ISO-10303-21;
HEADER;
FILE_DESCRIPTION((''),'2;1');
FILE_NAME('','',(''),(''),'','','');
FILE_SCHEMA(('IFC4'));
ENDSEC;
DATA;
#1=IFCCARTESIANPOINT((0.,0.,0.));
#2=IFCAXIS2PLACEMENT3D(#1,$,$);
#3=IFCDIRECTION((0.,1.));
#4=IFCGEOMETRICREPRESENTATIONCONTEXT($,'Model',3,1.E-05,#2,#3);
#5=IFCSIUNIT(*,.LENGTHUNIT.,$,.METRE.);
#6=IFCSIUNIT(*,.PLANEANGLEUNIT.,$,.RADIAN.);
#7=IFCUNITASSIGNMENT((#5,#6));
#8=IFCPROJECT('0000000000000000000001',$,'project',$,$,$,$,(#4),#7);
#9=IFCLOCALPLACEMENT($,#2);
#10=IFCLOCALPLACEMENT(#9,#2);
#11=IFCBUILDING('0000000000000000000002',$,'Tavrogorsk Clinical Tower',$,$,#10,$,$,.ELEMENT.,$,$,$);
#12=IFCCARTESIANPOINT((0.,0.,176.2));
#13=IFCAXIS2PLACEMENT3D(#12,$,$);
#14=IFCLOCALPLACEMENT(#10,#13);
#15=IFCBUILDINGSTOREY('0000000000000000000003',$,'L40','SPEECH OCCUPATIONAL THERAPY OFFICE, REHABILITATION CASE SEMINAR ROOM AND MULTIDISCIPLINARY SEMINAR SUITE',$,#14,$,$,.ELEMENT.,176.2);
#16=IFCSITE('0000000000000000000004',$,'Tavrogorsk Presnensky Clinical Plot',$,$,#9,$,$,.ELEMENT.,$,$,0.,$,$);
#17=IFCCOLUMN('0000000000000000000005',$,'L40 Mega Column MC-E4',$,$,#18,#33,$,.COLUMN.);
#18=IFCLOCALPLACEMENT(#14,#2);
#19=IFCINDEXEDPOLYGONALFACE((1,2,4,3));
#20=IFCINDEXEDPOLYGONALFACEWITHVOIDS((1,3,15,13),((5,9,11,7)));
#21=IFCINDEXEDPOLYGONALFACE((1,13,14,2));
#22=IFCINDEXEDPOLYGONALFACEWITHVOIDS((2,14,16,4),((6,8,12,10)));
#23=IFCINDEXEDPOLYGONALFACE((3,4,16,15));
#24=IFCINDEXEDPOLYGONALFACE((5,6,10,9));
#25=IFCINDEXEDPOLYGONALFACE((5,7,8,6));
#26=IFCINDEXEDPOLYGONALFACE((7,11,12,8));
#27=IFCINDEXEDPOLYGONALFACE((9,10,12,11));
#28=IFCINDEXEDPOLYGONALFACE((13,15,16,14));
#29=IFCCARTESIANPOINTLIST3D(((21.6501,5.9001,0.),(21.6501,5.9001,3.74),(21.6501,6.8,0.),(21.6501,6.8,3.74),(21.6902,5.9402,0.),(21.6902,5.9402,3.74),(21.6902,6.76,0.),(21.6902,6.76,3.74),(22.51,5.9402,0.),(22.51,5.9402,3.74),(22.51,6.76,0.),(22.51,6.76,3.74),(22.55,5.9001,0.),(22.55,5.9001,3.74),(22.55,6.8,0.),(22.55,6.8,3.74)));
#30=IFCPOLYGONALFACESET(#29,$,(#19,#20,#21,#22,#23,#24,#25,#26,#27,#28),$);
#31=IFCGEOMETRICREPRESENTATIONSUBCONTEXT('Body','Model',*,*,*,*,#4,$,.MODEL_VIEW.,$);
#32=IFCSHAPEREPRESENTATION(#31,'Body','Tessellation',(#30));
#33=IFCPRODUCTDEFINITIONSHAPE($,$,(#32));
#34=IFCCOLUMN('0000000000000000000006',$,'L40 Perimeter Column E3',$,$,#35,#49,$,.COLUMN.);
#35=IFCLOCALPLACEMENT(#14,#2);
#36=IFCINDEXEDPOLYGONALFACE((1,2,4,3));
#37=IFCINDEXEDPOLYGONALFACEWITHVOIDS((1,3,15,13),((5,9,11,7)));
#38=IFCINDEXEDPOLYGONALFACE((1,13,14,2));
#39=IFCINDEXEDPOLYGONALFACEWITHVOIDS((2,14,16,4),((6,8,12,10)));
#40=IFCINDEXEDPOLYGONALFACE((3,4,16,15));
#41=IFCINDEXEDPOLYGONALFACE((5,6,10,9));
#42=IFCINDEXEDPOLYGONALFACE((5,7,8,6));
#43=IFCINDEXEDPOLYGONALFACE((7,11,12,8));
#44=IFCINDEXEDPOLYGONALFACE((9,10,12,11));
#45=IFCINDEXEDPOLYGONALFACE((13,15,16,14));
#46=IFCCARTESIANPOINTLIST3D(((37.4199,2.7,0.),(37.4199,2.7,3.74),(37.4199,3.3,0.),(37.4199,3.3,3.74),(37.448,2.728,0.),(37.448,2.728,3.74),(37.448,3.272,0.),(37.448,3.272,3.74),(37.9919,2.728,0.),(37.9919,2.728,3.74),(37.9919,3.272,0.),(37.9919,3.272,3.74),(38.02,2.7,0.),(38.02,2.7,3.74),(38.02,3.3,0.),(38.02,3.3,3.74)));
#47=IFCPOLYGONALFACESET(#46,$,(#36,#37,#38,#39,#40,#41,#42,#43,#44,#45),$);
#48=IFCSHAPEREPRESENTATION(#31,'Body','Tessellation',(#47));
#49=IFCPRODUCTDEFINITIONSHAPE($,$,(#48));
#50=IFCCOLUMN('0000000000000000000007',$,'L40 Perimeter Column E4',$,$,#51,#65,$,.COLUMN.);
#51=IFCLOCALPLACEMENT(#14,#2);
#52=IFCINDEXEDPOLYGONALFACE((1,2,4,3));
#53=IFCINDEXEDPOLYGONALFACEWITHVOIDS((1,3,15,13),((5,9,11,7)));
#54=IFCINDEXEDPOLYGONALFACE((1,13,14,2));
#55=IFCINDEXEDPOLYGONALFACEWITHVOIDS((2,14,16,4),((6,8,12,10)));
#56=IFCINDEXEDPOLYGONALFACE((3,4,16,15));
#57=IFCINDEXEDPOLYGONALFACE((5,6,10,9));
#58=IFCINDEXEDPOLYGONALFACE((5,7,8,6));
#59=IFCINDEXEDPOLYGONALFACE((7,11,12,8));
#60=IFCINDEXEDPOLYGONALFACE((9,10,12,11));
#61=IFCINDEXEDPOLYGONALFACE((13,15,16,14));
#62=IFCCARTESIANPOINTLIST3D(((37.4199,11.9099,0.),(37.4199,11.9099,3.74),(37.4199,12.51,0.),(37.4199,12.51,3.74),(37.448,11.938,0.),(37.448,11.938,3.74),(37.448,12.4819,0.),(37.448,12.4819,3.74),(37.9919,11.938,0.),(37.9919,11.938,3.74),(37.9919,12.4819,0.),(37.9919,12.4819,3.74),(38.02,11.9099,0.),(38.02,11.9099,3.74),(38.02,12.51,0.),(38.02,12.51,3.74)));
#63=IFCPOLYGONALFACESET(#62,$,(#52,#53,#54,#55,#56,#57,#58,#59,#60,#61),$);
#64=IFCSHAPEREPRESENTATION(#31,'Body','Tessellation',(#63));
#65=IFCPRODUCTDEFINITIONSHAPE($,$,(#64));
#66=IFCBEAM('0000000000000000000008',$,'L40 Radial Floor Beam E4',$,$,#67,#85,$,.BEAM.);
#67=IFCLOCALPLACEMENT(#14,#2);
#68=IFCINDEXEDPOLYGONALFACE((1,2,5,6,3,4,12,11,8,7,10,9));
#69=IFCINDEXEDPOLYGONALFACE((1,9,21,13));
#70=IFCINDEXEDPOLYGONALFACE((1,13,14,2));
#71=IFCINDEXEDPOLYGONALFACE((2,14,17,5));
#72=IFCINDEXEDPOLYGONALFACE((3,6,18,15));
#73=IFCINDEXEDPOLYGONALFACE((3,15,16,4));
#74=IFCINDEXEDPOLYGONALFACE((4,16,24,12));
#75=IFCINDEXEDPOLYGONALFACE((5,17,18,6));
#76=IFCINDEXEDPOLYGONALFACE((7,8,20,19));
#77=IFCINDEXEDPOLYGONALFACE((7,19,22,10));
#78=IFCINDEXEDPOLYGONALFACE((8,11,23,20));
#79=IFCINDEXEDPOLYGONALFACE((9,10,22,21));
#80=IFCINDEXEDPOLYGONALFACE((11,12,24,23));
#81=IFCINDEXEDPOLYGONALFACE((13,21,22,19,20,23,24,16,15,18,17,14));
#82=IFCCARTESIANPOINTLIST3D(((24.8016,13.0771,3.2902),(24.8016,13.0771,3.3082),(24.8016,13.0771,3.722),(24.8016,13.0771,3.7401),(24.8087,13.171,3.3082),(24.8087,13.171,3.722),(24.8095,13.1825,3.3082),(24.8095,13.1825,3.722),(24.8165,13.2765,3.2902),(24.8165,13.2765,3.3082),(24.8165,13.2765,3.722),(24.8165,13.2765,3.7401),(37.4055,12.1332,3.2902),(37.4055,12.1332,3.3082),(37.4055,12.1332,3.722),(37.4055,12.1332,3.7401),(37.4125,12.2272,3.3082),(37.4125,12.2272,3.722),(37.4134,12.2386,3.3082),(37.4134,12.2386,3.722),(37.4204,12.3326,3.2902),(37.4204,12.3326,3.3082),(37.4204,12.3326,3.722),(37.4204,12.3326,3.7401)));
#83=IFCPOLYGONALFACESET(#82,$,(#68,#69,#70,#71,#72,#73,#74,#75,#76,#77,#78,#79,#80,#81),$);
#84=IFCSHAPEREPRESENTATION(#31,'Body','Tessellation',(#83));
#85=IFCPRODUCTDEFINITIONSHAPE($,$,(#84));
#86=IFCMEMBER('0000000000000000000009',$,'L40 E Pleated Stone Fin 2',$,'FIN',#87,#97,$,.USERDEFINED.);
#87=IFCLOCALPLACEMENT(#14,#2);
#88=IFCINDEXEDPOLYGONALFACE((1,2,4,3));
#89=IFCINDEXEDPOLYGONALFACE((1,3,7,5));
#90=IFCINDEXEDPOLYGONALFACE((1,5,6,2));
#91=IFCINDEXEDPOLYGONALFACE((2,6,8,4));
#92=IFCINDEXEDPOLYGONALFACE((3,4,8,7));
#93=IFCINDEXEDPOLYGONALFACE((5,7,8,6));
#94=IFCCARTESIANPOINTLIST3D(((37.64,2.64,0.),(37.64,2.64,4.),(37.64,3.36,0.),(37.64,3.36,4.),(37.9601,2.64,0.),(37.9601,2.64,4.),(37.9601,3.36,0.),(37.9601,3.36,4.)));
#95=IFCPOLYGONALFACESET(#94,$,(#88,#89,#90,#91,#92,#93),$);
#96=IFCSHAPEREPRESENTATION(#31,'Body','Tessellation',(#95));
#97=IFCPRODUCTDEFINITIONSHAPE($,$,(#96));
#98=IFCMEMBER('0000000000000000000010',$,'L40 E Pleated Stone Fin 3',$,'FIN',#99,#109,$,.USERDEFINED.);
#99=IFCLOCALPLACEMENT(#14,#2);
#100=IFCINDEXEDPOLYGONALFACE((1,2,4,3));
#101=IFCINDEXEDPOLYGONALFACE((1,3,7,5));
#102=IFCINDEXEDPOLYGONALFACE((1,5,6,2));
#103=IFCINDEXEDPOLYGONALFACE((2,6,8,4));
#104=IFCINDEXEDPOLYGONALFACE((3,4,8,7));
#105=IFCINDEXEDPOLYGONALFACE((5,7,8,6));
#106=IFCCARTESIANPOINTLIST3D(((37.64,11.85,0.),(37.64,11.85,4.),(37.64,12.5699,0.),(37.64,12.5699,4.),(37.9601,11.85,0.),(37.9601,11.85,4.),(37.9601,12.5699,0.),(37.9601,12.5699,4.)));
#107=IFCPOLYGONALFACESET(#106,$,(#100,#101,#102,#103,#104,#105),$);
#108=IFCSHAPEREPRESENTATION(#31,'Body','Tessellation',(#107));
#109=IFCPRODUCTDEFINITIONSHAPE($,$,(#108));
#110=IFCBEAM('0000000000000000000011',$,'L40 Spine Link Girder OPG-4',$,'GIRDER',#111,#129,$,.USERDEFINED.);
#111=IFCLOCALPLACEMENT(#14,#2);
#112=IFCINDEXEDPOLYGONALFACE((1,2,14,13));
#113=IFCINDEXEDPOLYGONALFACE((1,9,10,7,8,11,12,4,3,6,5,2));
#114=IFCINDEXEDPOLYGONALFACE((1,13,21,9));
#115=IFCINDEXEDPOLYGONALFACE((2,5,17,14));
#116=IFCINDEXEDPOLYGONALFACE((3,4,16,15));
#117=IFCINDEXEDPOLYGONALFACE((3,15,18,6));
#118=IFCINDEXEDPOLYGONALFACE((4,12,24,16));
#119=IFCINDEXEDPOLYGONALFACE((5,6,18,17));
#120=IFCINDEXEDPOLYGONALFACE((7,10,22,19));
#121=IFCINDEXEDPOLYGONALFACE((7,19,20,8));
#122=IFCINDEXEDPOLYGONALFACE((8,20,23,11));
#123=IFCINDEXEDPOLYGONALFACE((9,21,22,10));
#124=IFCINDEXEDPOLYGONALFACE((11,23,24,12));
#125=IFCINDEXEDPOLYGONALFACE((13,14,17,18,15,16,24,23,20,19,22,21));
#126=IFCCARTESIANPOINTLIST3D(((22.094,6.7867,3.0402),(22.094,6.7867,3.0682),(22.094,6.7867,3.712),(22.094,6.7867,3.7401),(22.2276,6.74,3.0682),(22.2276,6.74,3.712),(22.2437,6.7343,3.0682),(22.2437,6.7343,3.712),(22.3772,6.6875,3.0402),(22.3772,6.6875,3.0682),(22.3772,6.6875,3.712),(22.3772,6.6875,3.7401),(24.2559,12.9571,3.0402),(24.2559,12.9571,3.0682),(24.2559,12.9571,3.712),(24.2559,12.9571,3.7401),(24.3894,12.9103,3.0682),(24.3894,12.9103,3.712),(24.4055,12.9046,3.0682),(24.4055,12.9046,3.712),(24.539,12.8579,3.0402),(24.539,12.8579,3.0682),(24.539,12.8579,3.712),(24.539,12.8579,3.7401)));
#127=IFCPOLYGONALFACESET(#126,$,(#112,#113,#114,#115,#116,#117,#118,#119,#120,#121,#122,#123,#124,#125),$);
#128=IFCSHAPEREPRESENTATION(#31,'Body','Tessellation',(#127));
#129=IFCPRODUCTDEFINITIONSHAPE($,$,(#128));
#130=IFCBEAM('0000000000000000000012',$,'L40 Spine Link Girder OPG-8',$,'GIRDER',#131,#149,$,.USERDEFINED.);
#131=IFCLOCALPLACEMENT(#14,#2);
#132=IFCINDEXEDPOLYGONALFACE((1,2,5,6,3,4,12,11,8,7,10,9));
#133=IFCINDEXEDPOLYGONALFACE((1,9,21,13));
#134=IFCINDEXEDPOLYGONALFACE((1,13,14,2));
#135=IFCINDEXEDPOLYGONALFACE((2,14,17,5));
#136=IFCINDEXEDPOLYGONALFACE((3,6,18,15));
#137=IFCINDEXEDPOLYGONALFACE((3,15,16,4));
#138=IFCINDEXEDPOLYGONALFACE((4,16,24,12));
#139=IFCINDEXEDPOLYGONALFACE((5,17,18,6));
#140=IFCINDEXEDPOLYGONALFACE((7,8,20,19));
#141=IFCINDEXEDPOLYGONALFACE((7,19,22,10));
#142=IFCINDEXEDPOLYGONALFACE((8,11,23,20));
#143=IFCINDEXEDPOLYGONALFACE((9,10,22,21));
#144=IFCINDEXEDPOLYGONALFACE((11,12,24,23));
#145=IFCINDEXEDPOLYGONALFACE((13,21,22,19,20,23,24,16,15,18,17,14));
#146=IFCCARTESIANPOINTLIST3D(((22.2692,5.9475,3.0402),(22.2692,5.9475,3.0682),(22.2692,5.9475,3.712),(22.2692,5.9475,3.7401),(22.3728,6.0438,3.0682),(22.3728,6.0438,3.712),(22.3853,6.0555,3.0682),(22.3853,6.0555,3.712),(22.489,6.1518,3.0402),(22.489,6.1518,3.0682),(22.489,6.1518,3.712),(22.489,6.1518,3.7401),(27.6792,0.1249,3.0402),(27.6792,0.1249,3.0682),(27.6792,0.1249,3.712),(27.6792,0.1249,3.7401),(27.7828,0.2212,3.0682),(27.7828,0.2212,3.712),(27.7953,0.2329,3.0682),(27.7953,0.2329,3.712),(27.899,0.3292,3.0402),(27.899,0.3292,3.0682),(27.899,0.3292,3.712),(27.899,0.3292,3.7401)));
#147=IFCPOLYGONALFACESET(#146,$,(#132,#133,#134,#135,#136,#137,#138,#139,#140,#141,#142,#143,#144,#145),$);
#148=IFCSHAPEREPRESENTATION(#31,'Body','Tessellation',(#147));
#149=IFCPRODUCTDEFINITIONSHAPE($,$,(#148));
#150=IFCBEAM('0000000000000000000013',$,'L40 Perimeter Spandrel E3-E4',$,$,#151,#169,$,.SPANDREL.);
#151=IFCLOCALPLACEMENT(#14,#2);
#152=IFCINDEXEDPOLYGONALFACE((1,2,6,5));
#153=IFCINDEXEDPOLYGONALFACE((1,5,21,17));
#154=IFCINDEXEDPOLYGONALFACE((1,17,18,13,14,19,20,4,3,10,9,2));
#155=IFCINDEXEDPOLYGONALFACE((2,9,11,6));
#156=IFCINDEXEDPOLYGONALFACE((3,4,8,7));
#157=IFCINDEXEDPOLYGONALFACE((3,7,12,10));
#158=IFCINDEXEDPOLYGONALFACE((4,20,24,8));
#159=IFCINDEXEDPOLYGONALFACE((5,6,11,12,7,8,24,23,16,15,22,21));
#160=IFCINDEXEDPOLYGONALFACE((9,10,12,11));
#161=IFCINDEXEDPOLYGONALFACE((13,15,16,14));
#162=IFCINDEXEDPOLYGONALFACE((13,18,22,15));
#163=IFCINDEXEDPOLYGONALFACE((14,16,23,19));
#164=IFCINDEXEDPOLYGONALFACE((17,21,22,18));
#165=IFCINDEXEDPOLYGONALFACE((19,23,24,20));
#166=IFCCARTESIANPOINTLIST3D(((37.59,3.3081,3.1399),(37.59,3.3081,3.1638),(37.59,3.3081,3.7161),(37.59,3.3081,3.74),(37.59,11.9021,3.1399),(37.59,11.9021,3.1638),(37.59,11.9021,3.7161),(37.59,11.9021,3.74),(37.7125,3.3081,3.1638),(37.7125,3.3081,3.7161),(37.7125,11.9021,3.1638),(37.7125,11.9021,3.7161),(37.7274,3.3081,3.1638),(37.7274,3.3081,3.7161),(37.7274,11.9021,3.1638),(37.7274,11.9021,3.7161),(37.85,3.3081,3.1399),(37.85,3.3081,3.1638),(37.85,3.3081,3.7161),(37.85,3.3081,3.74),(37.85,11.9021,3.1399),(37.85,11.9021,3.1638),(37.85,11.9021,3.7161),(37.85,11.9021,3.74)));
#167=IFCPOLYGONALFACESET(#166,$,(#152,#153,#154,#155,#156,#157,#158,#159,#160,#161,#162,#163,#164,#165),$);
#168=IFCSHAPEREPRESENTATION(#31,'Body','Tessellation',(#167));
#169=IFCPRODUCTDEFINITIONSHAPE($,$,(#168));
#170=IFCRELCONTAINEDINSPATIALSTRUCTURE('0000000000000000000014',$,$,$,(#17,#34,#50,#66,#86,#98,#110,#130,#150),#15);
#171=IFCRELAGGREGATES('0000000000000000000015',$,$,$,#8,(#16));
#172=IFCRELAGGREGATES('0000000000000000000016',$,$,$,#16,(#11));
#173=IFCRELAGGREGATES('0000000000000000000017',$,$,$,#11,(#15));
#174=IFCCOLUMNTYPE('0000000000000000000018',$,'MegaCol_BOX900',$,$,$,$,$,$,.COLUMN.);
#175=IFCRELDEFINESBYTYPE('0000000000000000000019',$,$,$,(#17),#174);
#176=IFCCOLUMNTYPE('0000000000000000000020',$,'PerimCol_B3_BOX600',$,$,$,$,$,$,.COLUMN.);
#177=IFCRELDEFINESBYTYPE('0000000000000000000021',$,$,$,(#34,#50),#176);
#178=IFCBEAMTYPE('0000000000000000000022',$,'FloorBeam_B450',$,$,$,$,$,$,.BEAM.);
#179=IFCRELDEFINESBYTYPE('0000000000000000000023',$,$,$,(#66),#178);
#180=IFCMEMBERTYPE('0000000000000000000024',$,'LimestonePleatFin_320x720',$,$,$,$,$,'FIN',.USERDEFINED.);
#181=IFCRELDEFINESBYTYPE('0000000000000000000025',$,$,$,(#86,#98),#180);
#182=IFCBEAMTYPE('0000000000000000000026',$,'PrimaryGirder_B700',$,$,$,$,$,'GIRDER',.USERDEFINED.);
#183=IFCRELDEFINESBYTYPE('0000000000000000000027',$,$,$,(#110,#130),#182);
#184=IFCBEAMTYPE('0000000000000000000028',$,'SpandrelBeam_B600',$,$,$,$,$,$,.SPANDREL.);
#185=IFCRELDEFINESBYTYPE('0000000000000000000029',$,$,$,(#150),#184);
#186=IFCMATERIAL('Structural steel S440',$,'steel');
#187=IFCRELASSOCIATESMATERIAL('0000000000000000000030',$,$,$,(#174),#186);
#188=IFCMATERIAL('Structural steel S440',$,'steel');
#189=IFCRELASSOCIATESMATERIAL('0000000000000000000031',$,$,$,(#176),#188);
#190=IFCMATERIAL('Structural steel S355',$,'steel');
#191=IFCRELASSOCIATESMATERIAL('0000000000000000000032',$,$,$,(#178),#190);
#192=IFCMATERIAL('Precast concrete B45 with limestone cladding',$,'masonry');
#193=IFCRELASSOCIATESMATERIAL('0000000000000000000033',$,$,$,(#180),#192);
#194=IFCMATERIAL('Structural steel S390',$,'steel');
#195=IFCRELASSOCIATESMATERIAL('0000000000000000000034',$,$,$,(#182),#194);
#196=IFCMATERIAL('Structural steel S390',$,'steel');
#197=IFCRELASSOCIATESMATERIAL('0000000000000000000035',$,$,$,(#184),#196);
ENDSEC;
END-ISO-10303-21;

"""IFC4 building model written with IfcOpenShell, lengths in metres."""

from ifc_helpers import new_model, si_unit, direction, frame, origin, origin_2d, place, context, subcontext, project, spatial, rectangle, hollow_rectangle, i_section, extrude, material, material_profile, profile_set, type_object, element, save


model = new_model("IFC4")

# Units and contexts
model_context = context("Model", 3, precision=1e-05, world=origin(), true_north=direction((0.0, 1.0)))
body_context = subcontext(model_context, "Body", "Model", "MODEL_VIEW")
ifc_project = project(units=[si_unit("LENGTHUNIT", "METRE"), si_unit("PLANEANGLEUNIT", "RADIAN")], contexts=[model_context])

# Site, building, storey
site_placement = place(None, origin())
site = spatial("IfcSite", under=ifc_project, at=site_placement, Name="Tavrogorsk Presnensky Clinical Plot", CompositionType="ELEMENT", RefElevation=0.0)
building_placement = place(site_placement, origin())
building = spatial("IfcBuilding", under=site, at=building_placement, Name="Tavrogorsk Clinical Tower", CompositionType="ELEMENT")
storey_placement = place(building_placement, frame((0.0, 0.0, 176.2)))
storey = spatial("IfcBuildingStorey", under=building, at=storey_placement, Name="L40", Description="SPEECH OCCUPATIONAL THERAPY OFFICE, REHABILITATION CASE SEMINAR ROOM AND MULTIDISCIPLINARY SEMINAR SUITE", CompositionType="ELEMENT", Elevation=176.2)

# Columns
ifc_material_1 = material(Name="Structural steel S440", Category="steel")
ifc_material_profile_1 = material_profile(ifc_material_1, hollow_rectangle(XDim=0.8999, YDim=0.8999, WallThickness=0.04, at=origin_2d()), Name="BOX-900x900x40")
ifc_profile_set_1 = profile_set([ifc_material_profile_1], Name="Structural steel S440")
column_type_1 = type_object("IfcColumnType", Name="MegaCol_BOX900", PredefinedType="COLUMN", material=ifc_profile_set_1)
column_placement = place(storey_placement, frame((22.1001, 6.3501, 0.0), z_axis=(0.0, 0.0, 1.0), x_axis=(1.0, 0.0, 0.0)))
element("IfcColumn", 1, at=column_placement, inside=storey, type_object=column_type_1, Name="L40 Mega Column MC-E4", PredefinedType="COLUMN", context=body_context, shape_type="SweptSolid", body=[
    extrude(hollow_rectangle(XDim=0.8999, YDim=0.8999, WallThickness=0.04, at=origin_2d()), origin(), (0.0, 0.0, 1.0), 3.74),
])
ifc_material_2 = material(Name="Structural steel S440", Category="steel")
ifc_material_profile_2 = material_profile(ifc_material_2, hollow_rectangle(XDim=0.6001, YDim=0.6001, WallThickness=0.0281, at=origin_2d()), Name="BOX-600x600x28")
ifc_profile_set_2 = profile_set([ifc_material_profile_2], Name="Structural steel S440")
column_type_2 = type_object("IfcColumnType", Name="PerimCol_B3_BOX600", PredefinedType="COLUMN", material=ifc_profile_set_2)
for number, where, z_axis, x_axis, name in (
    (2, (37.72, 3.0, 0.0), (0.0, 0.0, 1.0), (1.0, 0.0, 0.0), "L40 Perimeter Column E3"),
    (3, (37.72, 12.21, 0.0), (0.0, 0.0, 1.0), (1.0, 0.0, 0.0), "L40 Perimeter Column E4"),
):
    element("IfcColumn", number, at=place(storey_placement, frame(where, z_axis=z_axis, x_axis=x_axis)), inside=storey, type_object=column_type_2, Name=name, PredefinedType="COLUMN", context=body_context, shape_type="SweptSolid", body=[
        extrude(hollow_rectangle(XDim=0.6001, YDim=0.6001, WallThickness=0.0281, at=origin_2d()), origin(), (0.0, 0.0, 1.0), 3.74),
    ])

# Beam
ifc_material_3 = material(Name="Structural steel S355", Category="steel")
ifc_material_profile_3 = material_profile(ifc_material_3, i_section(OverallWidth=0.2, OverallDepth=0.45, WebThickness=0.0115, FlangeThickness=0.0181, at=origin_2d()), Name="B-450x200x11.5x18")
ifc_profile_set_3 = profile_set([ifc_material_profile_3], Name="Structural steel S355")
beam_type_1 = type_object("IfcBeamType", Name="FloorBeam_B450", PredefinedType="BEAM", material=ifc_profile_set_3)
beam_1_placement = place(storey_placement, frame((24.8091, 13.1768, 3.5151), z_axis=(0.997208, -0.074677, 0.0), x_axis=(0.074677, 0.997208, 0.0)))
element("IfcBeam", 4, at=beam_1_placement, inside=storey, type_object=beam_type_1, Name="L40 Radial Floor Beam E4", PredefinedType="BEAM", context=body_context, shape_type="SweptSolid", body=[
    extrude(i_section(OverallWidth=0.2, OverallDepth=0.45, WebThickness=0.0115, FlangeThickness=0.0181, at=origin_2d()), origin(), (0.0, 0.0, 1.0), 12.6392),
])

# Members
ifc_material_4 = material(Name="Precast concrete B45 with limestone cladding", Category="masonry")
ifc_material_profile_4 = material_profile(ifc_material_4, rectangle(XDim=0.3201, YDim=0.72, at=origin_2d()), Name="LIMESTONE-FIN-320x720")
ifc_profile_set_4 = profile_set([ifc_material_profile_4], Name="Precast concrete B45 with limestone cladding")
member_type = type_object("IfcMemberType", Name="LimestonePleatFin_320x720", ElementType="FIN", PredefinedType="USERDEFINED", material=ifc_profile_set_4)
for number, where, z_axis, x_axis, name in (
    (5, (37.8, 3.0, 0.0), (0.0, 0.0, 1.0), (1.0, 0.0, 0.0), "L40 E Pleated Stone Fin 2"),
    (6, (37.8, 12.21, 0.0), (0.0, 0.0, 1.0), (1.0, 0.0, 0.0), "L40 E Pleated Stone Fin 3"),
):
    element("IfcMember", number, at=place(storey_placement, frame(where, z_axis=z_axis, x_axis=x_axis)), inside=storey, type_object=member_type, Name=name, ObjectType="FIN", PredefinedType="USERDEFINED", context=body_context, shape_type="SweptSolid", body=[
        extrude(rectangle(XDim=0.3201, YDim=0.72, at=origin_2d()), origin(), (0.0, 0.0, 1.0), 4.0),
    ])

# Beams
ifc_material_5 = material(Name="Structural steel S390", Category="steel")
ifc_material_profile_5 = material_profile(ifc_material_5, i_section(OverallWidth=0.3, OverallDepth=0.7, WebThickness=0.0171, FlangeThickness=0.0281, at=origin_2d()), Name="B-700x300x17x28")
ifc_profile_set_5 = profile_set([ifc_material_profile_5], Name="Structural steel S390")
beam_type_2 = type_object("IfcBeamType", Name="PrimaryGirder_B700", ElementType="GIRDER", PredefinedType="USERDEFINED", material=ifc_profile_set_5)
beam_2_placement = place(storey_placement, frame((24.3975, 12.9075, 3.3901), z_axis=(-0.330653, -0.943752, 0.0), x_axis=(0.943752, -0.330653, 0.0)))
element("IfcBeam", 7, at=beam_2_placement, inside=storey, type_object=beam_type_2, Name="L40 Spine Link Girder OPG-4", ObjectType="GIRDER", PredefinedType="USERDEFINED", context=body_context, shape_type="SweptSolid", body=[
    extrude(i_section(OverallWidth=0.3, OverallDepth=0.7, WebThickness=0.0171, FlangeThickness=0.0281, at=origin_2d()), origin(), (0.0, 0.0, 1.0), 6.5381),
])
beam_3_placement = place(storey_placement, frame((27.7891, 0.2271, 3.3901), z_axis=(-0.680674, 0.732587, 0.0), x_axis=(-0.732587, -0.680674, 0.0)))
element("IfcBeam", 8, at=beam_3_placement, inside=storey, type_object=beam_type_2, Name="L40 Spine Link Girder OPG-8", ObjectType="GIRDER", PredefinedType="USERDEFINED", context=body_context, shape_type="SweptSolid", body=[
    extrude(i_section(OverallWidth=0.3, OverallDepth=0.7, WebThickness=0.0171, FlangeThickness=0.0281, at=origin_2d()), origin(), (0.0, 0.0, 1.0), 7.948),
])
ifc_material_6 = material(Name="Structural steel S390", Category="steel")
ifc_material_profile_6 = material_profile(ifc_material_6, i_section(OverallWidth=0.26, OverallDepth=0.6001, WebThickness=0.0149, FlangeThickness=0.0239, at=origin_2d()), Name="B-600x260x15x24")
ifc_profile_set_6 = profile_set([ifc_material_profile_6], Name="Structural steel S390")
beam_type_3 = type_object("IfcBeamType", Name="SpandrelBeam_B600", PredefinedType="SPANDREL", material=ifc_profile_set_6)
for number, where, z_axis, x_axis, name in (
    (9, (37.72, 3.3081, 3.4399), (0.0, 1.0, 0.0), (-1.0, 0.0, 0.0), "L40 Perimeter Spandrel E3-E4"),
):
    element("IfcBeam", number, at=place(storey_placement, frame(where, z_axis=z_axis, x_axis=x_axis)), inside=storey, type_object=beam_type_3, Name=name, PredefinedType="SPANDREL", context=body_context, shape_type="SweptSolid", body=[
        extrude(i_section(OverallWidth=0.26, OverallDepth=0.6001, WebThickness=0.0149, FlangeThickness=0.0239, at=origin_2d()), origin(), (0.0, 0.0, 1.0), 8.594),
    ])

save(model, "model.ifc")
